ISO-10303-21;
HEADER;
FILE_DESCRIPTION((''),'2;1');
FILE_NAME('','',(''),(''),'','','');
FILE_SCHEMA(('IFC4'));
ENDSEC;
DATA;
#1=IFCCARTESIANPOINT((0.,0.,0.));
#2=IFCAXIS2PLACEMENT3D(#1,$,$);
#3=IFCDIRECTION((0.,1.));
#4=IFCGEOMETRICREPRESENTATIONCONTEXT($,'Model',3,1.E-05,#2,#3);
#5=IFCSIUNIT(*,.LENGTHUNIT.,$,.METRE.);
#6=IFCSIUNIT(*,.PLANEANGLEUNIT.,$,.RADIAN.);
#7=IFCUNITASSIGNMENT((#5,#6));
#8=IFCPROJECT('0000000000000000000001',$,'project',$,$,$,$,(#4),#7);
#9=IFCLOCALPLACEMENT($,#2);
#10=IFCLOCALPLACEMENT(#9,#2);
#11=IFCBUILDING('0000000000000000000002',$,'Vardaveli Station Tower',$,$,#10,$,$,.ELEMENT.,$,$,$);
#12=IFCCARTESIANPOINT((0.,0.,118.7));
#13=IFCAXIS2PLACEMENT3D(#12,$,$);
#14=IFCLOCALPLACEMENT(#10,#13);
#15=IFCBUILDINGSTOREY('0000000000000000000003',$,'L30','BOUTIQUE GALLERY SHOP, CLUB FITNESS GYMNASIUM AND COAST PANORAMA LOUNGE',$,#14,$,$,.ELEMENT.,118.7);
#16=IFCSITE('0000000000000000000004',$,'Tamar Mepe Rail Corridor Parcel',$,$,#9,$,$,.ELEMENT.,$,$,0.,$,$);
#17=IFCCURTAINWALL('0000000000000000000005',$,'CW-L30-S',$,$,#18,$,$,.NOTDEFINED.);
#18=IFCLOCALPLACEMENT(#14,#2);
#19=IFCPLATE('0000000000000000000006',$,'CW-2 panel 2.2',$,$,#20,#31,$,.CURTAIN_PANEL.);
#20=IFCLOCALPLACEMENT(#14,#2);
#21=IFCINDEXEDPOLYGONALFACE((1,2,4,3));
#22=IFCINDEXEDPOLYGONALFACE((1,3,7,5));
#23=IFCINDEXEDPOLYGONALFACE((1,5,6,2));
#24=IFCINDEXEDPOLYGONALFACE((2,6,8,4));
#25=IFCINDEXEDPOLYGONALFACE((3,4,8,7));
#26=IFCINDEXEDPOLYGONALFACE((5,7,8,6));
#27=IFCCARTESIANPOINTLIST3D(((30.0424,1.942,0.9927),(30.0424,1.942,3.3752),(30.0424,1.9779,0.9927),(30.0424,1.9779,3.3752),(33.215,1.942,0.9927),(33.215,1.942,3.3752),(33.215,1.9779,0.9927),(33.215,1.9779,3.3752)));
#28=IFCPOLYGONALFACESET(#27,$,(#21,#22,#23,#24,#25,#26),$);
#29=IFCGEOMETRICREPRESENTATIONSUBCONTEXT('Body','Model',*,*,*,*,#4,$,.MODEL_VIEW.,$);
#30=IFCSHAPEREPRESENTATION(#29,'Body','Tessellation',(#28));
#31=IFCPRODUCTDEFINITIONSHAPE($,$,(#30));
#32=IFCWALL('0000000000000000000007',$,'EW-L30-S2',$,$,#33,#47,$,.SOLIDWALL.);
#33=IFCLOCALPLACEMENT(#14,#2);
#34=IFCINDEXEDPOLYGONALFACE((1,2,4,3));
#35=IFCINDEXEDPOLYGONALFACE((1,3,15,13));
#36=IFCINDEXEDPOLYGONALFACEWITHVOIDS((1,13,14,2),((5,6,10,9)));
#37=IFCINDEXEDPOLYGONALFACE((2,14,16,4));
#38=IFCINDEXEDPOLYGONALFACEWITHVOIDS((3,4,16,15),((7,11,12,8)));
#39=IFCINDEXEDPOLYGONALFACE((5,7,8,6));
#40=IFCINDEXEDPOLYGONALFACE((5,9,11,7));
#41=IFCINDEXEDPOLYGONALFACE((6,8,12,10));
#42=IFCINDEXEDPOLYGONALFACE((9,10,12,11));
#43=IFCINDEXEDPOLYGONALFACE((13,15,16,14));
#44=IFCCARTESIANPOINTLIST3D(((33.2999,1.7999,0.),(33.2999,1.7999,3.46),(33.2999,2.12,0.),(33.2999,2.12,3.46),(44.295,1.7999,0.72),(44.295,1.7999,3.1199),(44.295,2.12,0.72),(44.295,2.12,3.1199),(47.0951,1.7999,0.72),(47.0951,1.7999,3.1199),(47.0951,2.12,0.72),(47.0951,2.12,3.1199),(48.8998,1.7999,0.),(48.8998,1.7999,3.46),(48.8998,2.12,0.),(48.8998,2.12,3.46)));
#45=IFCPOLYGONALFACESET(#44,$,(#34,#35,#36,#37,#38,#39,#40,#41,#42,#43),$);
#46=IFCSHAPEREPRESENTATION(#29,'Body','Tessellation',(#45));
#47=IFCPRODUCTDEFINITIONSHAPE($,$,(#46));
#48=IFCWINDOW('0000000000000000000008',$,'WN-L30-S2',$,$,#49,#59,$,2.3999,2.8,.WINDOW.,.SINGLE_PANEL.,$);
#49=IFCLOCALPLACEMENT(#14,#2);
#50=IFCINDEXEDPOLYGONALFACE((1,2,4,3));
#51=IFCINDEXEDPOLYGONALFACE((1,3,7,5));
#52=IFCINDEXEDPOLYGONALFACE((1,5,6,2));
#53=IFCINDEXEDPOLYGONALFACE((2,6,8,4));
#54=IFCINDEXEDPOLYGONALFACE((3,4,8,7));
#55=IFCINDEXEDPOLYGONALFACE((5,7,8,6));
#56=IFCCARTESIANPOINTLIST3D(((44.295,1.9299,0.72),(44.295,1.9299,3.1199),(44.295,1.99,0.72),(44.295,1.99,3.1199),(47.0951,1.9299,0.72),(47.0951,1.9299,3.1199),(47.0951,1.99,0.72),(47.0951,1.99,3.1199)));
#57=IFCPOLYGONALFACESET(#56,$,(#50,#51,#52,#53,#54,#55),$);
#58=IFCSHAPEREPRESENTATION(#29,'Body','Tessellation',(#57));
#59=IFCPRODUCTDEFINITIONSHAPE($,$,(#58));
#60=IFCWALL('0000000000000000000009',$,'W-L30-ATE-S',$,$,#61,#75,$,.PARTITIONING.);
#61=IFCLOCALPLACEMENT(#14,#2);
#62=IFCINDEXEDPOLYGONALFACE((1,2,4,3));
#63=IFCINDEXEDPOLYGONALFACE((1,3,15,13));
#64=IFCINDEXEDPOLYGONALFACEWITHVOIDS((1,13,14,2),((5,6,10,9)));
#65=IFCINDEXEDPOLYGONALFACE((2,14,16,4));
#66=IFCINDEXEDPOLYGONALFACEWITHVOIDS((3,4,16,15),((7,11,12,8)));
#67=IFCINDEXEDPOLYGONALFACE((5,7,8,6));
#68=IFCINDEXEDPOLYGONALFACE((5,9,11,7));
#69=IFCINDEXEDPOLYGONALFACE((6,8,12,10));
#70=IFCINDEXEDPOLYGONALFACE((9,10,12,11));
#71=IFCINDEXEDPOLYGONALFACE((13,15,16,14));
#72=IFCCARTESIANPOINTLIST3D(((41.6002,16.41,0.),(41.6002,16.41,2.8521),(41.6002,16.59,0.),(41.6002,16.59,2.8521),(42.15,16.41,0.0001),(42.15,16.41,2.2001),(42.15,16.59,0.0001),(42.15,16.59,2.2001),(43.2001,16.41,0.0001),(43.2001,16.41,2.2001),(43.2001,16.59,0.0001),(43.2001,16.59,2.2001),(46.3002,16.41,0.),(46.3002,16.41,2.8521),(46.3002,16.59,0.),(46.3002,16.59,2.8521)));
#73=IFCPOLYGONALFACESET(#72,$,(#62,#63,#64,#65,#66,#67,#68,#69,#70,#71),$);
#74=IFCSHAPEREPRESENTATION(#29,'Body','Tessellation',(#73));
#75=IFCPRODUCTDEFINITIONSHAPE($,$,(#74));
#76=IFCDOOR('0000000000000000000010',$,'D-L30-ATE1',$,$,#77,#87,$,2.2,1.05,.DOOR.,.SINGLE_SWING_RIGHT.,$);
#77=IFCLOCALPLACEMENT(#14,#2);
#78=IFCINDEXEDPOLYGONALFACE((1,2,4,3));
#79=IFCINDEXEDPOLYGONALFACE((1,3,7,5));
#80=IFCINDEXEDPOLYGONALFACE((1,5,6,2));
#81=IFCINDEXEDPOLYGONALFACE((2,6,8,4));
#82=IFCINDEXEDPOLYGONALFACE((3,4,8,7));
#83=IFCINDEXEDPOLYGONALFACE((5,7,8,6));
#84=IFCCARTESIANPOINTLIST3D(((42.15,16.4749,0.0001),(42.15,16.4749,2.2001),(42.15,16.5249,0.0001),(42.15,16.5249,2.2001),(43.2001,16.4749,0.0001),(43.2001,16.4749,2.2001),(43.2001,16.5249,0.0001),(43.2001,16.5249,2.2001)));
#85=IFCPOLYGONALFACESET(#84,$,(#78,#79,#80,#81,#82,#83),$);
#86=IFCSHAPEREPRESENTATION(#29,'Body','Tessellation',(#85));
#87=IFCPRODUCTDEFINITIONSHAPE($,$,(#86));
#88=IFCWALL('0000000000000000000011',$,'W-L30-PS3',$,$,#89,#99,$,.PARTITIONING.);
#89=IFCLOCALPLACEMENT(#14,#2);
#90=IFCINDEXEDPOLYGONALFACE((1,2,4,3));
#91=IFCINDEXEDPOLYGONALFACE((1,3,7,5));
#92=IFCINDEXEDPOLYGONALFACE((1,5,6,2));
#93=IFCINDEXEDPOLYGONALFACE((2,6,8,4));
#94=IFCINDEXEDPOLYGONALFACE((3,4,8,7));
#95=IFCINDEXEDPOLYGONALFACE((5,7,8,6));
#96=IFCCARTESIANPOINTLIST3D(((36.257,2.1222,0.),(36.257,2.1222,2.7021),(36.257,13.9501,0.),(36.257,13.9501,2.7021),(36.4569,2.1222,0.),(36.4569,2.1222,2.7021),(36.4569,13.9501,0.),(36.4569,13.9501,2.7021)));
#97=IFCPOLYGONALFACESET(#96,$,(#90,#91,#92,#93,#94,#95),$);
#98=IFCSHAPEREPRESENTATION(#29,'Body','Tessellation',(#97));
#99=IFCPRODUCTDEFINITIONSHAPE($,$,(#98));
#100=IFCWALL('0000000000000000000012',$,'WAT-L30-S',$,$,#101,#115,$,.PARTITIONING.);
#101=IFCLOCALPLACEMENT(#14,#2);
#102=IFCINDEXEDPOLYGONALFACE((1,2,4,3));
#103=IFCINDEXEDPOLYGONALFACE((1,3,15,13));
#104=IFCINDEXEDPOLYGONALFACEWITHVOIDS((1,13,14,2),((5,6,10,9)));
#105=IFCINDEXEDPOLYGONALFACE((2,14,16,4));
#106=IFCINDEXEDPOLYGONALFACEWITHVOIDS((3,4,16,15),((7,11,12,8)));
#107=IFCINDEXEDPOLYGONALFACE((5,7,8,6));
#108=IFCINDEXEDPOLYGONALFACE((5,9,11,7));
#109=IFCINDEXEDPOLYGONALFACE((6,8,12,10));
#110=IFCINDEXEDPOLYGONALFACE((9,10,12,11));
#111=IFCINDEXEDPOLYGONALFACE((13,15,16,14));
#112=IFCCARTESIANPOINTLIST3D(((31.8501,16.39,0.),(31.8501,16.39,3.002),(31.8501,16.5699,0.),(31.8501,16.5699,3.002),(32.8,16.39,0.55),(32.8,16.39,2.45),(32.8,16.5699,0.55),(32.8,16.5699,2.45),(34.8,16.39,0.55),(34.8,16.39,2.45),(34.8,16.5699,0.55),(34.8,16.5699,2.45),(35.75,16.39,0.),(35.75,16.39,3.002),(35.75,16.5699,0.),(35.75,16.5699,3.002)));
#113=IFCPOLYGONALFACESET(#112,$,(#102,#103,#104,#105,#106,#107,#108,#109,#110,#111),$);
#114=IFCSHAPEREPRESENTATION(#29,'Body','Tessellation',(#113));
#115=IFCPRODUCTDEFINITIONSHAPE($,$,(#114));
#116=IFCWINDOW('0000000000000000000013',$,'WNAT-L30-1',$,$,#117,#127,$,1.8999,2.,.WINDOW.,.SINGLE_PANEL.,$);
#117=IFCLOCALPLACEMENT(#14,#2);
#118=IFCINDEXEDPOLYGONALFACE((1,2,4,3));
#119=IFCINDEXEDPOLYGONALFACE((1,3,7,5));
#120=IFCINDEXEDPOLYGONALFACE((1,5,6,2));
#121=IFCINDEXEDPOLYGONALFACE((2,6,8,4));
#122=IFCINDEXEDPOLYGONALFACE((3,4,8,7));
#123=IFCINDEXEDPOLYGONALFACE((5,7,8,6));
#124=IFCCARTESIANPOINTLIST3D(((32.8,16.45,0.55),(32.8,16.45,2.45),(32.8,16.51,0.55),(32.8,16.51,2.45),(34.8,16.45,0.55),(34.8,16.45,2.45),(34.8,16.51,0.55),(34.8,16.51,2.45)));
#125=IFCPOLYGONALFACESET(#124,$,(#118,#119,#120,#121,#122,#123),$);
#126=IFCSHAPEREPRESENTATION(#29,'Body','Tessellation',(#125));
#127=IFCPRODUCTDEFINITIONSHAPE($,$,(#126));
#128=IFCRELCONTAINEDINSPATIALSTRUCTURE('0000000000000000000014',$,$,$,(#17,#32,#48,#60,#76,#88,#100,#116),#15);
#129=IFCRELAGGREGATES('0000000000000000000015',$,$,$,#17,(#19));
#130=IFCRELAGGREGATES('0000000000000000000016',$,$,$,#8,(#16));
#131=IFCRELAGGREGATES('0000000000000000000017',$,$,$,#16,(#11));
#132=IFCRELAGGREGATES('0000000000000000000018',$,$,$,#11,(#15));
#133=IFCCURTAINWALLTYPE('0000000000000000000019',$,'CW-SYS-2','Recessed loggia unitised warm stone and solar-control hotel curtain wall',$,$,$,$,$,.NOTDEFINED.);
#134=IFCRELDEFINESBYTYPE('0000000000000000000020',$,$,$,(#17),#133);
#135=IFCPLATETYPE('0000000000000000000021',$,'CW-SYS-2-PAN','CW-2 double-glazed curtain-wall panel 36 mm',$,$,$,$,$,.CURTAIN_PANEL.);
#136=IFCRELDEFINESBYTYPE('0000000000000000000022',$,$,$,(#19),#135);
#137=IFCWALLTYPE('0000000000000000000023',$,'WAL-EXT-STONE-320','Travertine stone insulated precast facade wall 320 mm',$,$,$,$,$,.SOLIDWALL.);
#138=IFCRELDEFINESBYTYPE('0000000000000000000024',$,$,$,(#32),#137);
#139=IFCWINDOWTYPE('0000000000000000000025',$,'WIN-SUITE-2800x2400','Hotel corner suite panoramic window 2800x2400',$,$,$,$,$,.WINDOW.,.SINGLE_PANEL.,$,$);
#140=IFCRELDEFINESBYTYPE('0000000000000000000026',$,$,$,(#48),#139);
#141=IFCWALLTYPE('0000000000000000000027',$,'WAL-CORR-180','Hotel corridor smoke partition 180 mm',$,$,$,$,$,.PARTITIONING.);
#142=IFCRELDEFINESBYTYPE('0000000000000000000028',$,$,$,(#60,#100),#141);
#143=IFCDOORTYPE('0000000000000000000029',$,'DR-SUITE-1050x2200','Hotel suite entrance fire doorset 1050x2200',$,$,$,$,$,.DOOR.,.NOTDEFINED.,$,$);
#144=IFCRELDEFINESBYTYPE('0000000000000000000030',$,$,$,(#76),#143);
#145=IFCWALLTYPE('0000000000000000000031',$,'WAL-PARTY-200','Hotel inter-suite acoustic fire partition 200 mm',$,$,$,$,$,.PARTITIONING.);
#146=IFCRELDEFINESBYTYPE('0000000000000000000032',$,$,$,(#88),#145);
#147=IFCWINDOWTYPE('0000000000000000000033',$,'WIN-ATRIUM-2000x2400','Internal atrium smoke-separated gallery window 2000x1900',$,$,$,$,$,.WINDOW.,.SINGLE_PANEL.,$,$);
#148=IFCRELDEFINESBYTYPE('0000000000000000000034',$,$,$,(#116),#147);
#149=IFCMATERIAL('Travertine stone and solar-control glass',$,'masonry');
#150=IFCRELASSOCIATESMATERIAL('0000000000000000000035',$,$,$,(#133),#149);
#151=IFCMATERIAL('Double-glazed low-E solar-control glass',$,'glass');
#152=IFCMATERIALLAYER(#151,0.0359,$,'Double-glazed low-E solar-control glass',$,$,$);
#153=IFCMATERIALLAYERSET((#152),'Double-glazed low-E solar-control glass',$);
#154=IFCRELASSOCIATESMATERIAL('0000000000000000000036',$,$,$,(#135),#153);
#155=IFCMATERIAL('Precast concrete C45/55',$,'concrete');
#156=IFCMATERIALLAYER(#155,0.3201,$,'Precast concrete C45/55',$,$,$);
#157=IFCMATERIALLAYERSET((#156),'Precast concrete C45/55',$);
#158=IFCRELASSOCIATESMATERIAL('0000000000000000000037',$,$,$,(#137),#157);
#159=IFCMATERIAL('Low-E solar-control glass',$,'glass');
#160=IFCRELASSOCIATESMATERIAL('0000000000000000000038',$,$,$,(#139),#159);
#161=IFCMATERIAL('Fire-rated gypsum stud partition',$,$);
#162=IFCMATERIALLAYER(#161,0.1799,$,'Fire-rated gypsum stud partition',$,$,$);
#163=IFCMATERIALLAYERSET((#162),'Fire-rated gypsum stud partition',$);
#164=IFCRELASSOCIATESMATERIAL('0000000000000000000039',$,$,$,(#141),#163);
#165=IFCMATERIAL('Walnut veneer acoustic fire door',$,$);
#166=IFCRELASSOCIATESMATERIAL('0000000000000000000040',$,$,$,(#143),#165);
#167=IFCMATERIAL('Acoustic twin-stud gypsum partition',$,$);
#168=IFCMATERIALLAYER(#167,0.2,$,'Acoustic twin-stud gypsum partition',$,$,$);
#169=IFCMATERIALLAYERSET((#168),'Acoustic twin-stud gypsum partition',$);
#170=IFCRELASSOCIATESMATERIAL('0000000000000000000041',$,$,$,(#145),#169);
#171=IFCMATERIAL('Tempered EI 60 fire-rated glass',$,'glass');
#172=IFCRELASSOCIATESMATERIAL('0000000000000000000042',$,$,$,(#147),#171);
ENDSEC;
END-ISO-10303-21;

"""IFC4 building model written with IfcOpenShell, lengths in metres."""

from ifc_helpers import new_model, si_unit, direction, frame, frame_2d, origin, origin_2d, place, context, subcontext, project, spatial, rectangle, extrude, source, transform, mapped, material, layer, layer_set, type_object, element, fill, aggregate, save


model = new_model("IFC4")

# Units and contexts
model_context = context("Model", 3, precision=1e-05, world=origin(), true_north=direction((0.0, 1.0)))
body_context = subcontext(model_context, "Body", "Model", "MODEL_VIEW")
ifc_project = project(units=[si_unit("LENGTHUNIT", "METRE"), si_unit("PLANEANGLEUNIT", "RADIAN")], contexts=[model_context])

# Site, building, storey
site_placement = place(None, origin())
site = spatial("IfcSite", under=ifc_project, at=site_placement, Name="Tamar Mepe Rail Corridor Parcel", CompositionType="ELEMENT", RefElevation=0.0)
building_placement = place(site_placement, origin())
building = spatial("IfcBuilding", under=site, at=building_placement, Name="Vardaveli Station Tower", CompositionType="ELEMENT")
storey_placement = place(building_placement, frame((0.0, 0.0, 118.7)))
storey = spatial("IfcBuildingStorey", under=building, at=storey_placement, Name="L30", Description="BOUTIQUE GALLERY SHOP, CLUB FITNESS GYMNASIUM AND COAST PANORAMA LOUNGE", CompositionType="ELEMENT", Elevation=118.7)

# Shared definitions
ifc_material_1 = material(Name="Precast concrete C45/55", Category="concrete")

# Curtain wall, plate
ifc_material_2 = material(Name="Travertine stone and solar-control glass", Category="masonry")
curtain_wall_type = type_object("IfcCurtainWallType", Name="CW-SYS-2", Description="Recessed loggia unitised warm stone and solar-control hotel curtain wall", PredefinedType="NOTDEFINED", material=ifc_material_2)
curtain_wall_placement = place(storey_placement, origin())
curtain_wall = element("IfcCurtainWall", 1, at=curtain_wall_placement, inside=storey, type_object=curtain_wall_type, Name="CW-L30-S", PredefinedType="NOTDEFINED")
ifc_material_3 = material(Name="Double-glazed low-E solar-control glass", Category="glass")
ifc_layer_1 = layer(ifc_material_3, 0.0359, Name="Double-glazed low-E solar-control glass")
ifc_layer_set_1 = layer_set([ifc_layer_1], Name="Double-glazed low-E solar-control glass")
plate_type = type_object("IfcPlateType", Name="CW-SYS-2-PAN", Description="CW-2 double-glazed curtain-wall panel 36 mm", PredefinedType="CURTAIN_PANEL", material=ifc_layer_set_1)
shared_shape_1 = source(origin(), body_context, "Body", "SweptSolid", [
    extrude(rectangle(XDim=3.1726, YDim=0.0359, at=origin_2d()), origin(), (0.0, 0.0, 1.0), 2.3826),
])
plate_1_placement = place(storey_placement, frame((31.6287, 1.96, 0.9927), z_axis=(0.0, 0.0, 1.0), x_axis=(1.0, 0.0, 0.0)))
plate_1 = element("IfcPlate", 2, at=plate_1_placement, type_object=plate_type, Name="CW-2 panel 2.2", PredefinedType="CURTAIN_PANEL", context=body_context, shape_type="MappedRepresentation", body=[
    mapped(shared_shape_1, transform((0.0, 0.0, 0.0), scale=1.0)),
])
aggregate(curtain_wall, [plate_1])

# Wall, opening, window
ifc_layer_2 = layer(ifc_material_1, 0.3201, Name="Precast concrete C45/55")
ifc_layer_set_2 = layer_set([ifc_layer_2], Name="Precast concrete C45/55")
wall_type_1 = type_object("IfcWallType", Name="WAL-EXT-STONE-320", Description="Travertine stone insulated precast facade wall 320 mm", PredefinedType="SOLIDWALL", material=ifc_layer_set_2)
shared_shape_2 = source(origin(), body_context, "Body", "SweptSolid", [
    extrude(rectangle(XDim=15.5999, YDim=0.3201, at=frame_2d((7.7998, 0.0))), origin(), (0.0, 0.0, 1.0), 3.46),
])
wall_1_placement = place(storey_placement, frame((33.3, 1.96, 0.0), z_axis=(0.0, 0.0, 1.0), x_axis=(1.0, 0.0, 0.0)))
wall_1 = element("IfcWall", 3, at=wall_1_placement, inside=storey, type_object=wall_type_1, Name="EW-L30-S2", PredefinedType="SOLIDWALL", context=body_context, shape_type="MappedRepresentation", body=[
    mapped(shared_shape_2, transform((0.0, 0.0, 0.0), scale=1.0)),
])
shared_shape_3 = source(origin(), body_context, "Body", "SweptSolid", [
    extrude(rectangle(XDim=2.8, YDim=2.3999, at=frame_2d((1.3999, 1.2))), frame((0.0, 0.1699, 0.0), z_axis=(0.0, -1.0, 0.0), x_axis=(1.0, 0.0, 0.0)), (0.0, 0.0, 1.0), 0.3401),
])
opening_1_placement = place(wall_1_placement, frame((10.9951, 0.0, 0.72)))
opening_1 = element("IfcOpeningElement", 4, at=opening_1_placement, cuts=wall_1, PredefinedType="OPENING", context=body_context, shape_type="MappedRepresentation", body=[
    mapped(shared_shape_3, transform((0.0, 0.0, 0.0), scale=1.0)),
])
ifc_material_4 = material(Name="Low-E solar-control glass", Category="glass")
window_type_1 = type_object("IfcWindowType", Name="WIN-SUITE-2800x2400", Description="Hotel corner suite panoramic window 2800x2400", PartitioningType="SINGLE_PANEL", PredefinedType="WINDOW", material=ifc_material_4)
shared_shape_4 = source(origin(), body_context, "Body", "SweptSolid", [
    extrude(rectangle(XDim=2.8, YDim=2.3999, at=frame_2d((1.3999, 1.2))), frame((0.0, 0.03, 0.0), z_axis=(0.0, -1.0, 0.0), x_axis=(1.0, 0.0, 0.0)), (0.0, 0.0, 1.0), 0.0601),
])
window_1_placement = place(opening_1_placement, origin())
window_1 = element("IfcWindow", 5, at=window_1_placement, inside=storey, type_object=window_type_1, Name="WN-L30-S2", OverallHeight=2.3999, OverallWidth=2.8, PartitioningType="SINGLE_PANEL", PredefinedType="WINDOW", context=body_context, shape_type="MappedRepresentation", body=[
    mapped(shared_shape_4, transform((0.0, 0.0, 0.0), scale=1.0)),
])
fill(opening_1, window_1)

# Wall, opening, door
ifc_material_5 = material(Name="Fire-rated gypsum stud partition")
ifc_layer_3 = layer(ifc_material_5, 0.1799, Name="Fire-rated gypsum stud partition")
ifc_layer_set_3 = layer_set([ifc_layer_3], Name="Fire-rated gypsum stud partition")
wall_type_2 = type_object("IfcWallType", Name="WAL-CORR-180", Description="Hotel corridor smoke partition 180 mm", PredefinedType="PARTITIONING", material=ifc_layer_set_3)
shared_shape_5 = source(origin(), body_context, "Body", "SweptSolid", [
    extrude(rectangle(XDim=4.7, YDim=0.1799, at=frame_2d((2.3501, 0.0))), origin(), (0.0, 0.0, 1.0), 2.8521),
])
wall_2_placement = place(storey_placement, frame((41.6001, 16.5, 0.0), z_axis=(0.0, 0.0, 1.0), x_axis=(1.0, 0.0, 0.0)))
wall_2 = element("IfcWall", 6, at=wall_2_placement, inside=storey, type_object=wall_type_2, Name="W-L30-ATE-S", PredefinedType="PARTITIONING", context=body_context, shape_type="MappedRepresentation", body=[
    mapped(shared_shape_5, transform((0.0, 0.0, 0.0), scale=1.0)),
])
shared_shape_6 = source(origin(), body_context, "Body", "SweptSolid", [
    extrude(rectangle(XDim=1.05, YDim=2.2, at=frame_2d((0.5249, 1.1001))), frame((0.0, 0.1001, 0.0), z_axis=(0.0, -1.0, 0.0), x_axis=(1.0, 0.0, 0.0)), (0.0, 0.0, 1.0), 0.2),
])
opening_2_placement = place(wall_2_placement, frame((0.55, 0.0, 0.0)))
opening_2 = element("IfcOpeningElement", 7, at=opening_2_placement, cuts=wall_2, PredefinedType="OPENING", context=body_context, shape_type="MappedRepresentation", body=[
    mapped(shared_shape_6, transform((0.0, 0.0, 0.0), scale=1.0)),
])
ifc_material_6 = material(Name="Walnut veneer acoustic fire door")
door_type = type_object("IfcDoorType", Name="DR-SUITE-1050x2200", Description="Hotel suite entrance fire doorset 1050x2200", OperationType="NOTDEFINED", PredefinedType="DOOR", material=ifc_material_6)
shared_shape_7 = source(origin(), body_context, "Body", "SweptSolid", [
    extrude(rectangle(XDim=1.05, YDim=2.2, at=frame_2d((0.5249, 1.1001))), frame((0.0, 0.0249, 0.0), z_axis=(0.0, -1.0, 0.0), x_axis=(1.0, 0.0, 0.0)), (0.0, 0.0, 1.0), 0.05),
])
door_placement = place(opening_2_placement, origin())
door = element("IfcDoor", 8, at=door_placement, inside=storey, type_object=door_type, Name="D-L30-ATE1", OperationType="SINGLE_SWING_RIGHT", OverallHeight=2.2, OverallWidth=1.05, PredefinedType="DOOR", context=body_context, shape_type="MappedRepresentation", body=[
    mapped(shared_shape_7, transform((0.0, 0.0, 0.0), scale=1.0)),
])
fill(opening_2, door)

# Wall
ifc_material_7 = material(Name="Acoustic twin-stud gypsum partition")
ifc_layer_4 = layer(ifc_material_7, 0.2, Name="Acoustic twin-stud gypsum partition")
ifc_layer_set_4 = layer_set([ifc_layer_4], Name="Acoustic twin-stud gypsum partition")
wall_type_3 = type_object("IfcWallType", Name="WAL-PARTY-200", Description="Hotel inter-suite acoustic fire partition 200 mm", PredefinedType="PARTITIONING", material=ifc_layer_set_4)
shared_shape_8 = source(origin(), body_context, "Body", "SweptSolid", [
    extrude(rectangle(XDim=11.8279, YDim=0.2, at=frame_2d((5.9141, 0.0))), origin(), (0.0, 0.0, 1.0), 2.7021),
])
wall_3_placement = place(storey_placement, frame((36.3569, 2.1221, 0.0), z_axis=(0.0, 0.0, 1.0), x_axis=(0.0, 1.0, 0.0)))
element("IfcWall", 9, at=wall_3_placement, inside=storey, type_object=wall_type_3, Name="W-L30-PS3", PredefinedType="PARTITIONING", context=body_context, shape_type="MappedRepresentation", body=[
    mapped(shared_shape_8, transform((0.0, 0.0, 0.0), scale=1.0)),
])

# Wall, opening, window
shared_shape_9 = source(origin(), body_context, "Body", "SweptSolid", [
    extrude(rectangle(XDim=3.8999, YDim=0.1799, at=frame_2d((1.95, 0.0))), origin(), (0.0, 0.0, 1.0), 3.002),
])
wall_4_placement = place(storey_placement, frame((31.8501, 16.48, 0.0), z_axis=(0.0, 0.0, 1.0), x_axis=(1.0, 0.0, 0.0)))
wall_4 = element("IfcWall", 10, at=wall_4_placement, inside=storey, type_object=wall_type_2, Name="WAT-L30-S", PredefinedType="PARTITIONING", context=body_context, shape_type="MappedRepresentation", body=[
    mapped(shared_shape_9, transform((0.0, 0.0, 0.0), scale=1.0)),
])
shared_shape_10 = source(origin(), body_context, "Body", "SweptSolid", [
    extrude(rectangle(XDim=2.0, YDim=1.8999, at=frame_2d((1.0, 0.95))), frame((0.0, 0.1001, 0.0), z_axis=(0.0, -1.0, 0.0), x_axis=(1.0, 0.0, 0.0)), (0.0, 0.0, 1.0), 0.2),
])
opening_3_placement = place(wall_4_placement, frame((0.95, 0.0, 0.55)))
opening_3 = element("IfcOpeningElement", 11, at=opening_3_placement, cuts=wall_4, PredefinedType="OPENING", context=body_context, shape_type="MappedRepresentation", body=[
    mapped(shared_shape_10, transform((0.0, 0.0, 0.0), scale=1.0)),
])
ifc_material_8 = material(Name="Tempered EI 60 fire-rated glass", Category="glass")
window_type_2 = type_object("IfcWindowType", Name="WIN-ATRIUM-2000x2400", Description="Internal atrium smoke-separated gallery window 2000x1900", PartitioningType="SINGLE_PANEL", PredefinedType="WINDOW", material=ifc_material_8)
shared_shape_11 = source(origin(), body_context, "Body", "SweptSolid", [
    extrude(rectangle(XDim=2.0, YDim=1.8999, at=frame_2d((1.0, 0.95))), frame((0.0, 0.03, 0.0), z_axis=(0.0, -1.0, 0.0), x_axis=(1.0, 0.0, 0.0)), (0.0, 0.0, 1.0), 0.0601),
])
window_2_placement = place(opening_3_placement, origin())
window_2 = element("IfcWindow", 12, at=window_2_placement, inside=storey, type_object=window_type_2, Name="WNAT-L30-1", OverallHeight=1.8999, OverallWidth=2.0, PartitioningType="SINGLE_PANEL", PredefinedType="WINDOW", context=body_context, shape_type="MappedRepresentation", body=[
    mapped(shared_shape_11, transform((0.0, 0.0, 0.0), scale=1.0)),
])
fill(opening_3, window_2)

save(model, "model.ifc")
